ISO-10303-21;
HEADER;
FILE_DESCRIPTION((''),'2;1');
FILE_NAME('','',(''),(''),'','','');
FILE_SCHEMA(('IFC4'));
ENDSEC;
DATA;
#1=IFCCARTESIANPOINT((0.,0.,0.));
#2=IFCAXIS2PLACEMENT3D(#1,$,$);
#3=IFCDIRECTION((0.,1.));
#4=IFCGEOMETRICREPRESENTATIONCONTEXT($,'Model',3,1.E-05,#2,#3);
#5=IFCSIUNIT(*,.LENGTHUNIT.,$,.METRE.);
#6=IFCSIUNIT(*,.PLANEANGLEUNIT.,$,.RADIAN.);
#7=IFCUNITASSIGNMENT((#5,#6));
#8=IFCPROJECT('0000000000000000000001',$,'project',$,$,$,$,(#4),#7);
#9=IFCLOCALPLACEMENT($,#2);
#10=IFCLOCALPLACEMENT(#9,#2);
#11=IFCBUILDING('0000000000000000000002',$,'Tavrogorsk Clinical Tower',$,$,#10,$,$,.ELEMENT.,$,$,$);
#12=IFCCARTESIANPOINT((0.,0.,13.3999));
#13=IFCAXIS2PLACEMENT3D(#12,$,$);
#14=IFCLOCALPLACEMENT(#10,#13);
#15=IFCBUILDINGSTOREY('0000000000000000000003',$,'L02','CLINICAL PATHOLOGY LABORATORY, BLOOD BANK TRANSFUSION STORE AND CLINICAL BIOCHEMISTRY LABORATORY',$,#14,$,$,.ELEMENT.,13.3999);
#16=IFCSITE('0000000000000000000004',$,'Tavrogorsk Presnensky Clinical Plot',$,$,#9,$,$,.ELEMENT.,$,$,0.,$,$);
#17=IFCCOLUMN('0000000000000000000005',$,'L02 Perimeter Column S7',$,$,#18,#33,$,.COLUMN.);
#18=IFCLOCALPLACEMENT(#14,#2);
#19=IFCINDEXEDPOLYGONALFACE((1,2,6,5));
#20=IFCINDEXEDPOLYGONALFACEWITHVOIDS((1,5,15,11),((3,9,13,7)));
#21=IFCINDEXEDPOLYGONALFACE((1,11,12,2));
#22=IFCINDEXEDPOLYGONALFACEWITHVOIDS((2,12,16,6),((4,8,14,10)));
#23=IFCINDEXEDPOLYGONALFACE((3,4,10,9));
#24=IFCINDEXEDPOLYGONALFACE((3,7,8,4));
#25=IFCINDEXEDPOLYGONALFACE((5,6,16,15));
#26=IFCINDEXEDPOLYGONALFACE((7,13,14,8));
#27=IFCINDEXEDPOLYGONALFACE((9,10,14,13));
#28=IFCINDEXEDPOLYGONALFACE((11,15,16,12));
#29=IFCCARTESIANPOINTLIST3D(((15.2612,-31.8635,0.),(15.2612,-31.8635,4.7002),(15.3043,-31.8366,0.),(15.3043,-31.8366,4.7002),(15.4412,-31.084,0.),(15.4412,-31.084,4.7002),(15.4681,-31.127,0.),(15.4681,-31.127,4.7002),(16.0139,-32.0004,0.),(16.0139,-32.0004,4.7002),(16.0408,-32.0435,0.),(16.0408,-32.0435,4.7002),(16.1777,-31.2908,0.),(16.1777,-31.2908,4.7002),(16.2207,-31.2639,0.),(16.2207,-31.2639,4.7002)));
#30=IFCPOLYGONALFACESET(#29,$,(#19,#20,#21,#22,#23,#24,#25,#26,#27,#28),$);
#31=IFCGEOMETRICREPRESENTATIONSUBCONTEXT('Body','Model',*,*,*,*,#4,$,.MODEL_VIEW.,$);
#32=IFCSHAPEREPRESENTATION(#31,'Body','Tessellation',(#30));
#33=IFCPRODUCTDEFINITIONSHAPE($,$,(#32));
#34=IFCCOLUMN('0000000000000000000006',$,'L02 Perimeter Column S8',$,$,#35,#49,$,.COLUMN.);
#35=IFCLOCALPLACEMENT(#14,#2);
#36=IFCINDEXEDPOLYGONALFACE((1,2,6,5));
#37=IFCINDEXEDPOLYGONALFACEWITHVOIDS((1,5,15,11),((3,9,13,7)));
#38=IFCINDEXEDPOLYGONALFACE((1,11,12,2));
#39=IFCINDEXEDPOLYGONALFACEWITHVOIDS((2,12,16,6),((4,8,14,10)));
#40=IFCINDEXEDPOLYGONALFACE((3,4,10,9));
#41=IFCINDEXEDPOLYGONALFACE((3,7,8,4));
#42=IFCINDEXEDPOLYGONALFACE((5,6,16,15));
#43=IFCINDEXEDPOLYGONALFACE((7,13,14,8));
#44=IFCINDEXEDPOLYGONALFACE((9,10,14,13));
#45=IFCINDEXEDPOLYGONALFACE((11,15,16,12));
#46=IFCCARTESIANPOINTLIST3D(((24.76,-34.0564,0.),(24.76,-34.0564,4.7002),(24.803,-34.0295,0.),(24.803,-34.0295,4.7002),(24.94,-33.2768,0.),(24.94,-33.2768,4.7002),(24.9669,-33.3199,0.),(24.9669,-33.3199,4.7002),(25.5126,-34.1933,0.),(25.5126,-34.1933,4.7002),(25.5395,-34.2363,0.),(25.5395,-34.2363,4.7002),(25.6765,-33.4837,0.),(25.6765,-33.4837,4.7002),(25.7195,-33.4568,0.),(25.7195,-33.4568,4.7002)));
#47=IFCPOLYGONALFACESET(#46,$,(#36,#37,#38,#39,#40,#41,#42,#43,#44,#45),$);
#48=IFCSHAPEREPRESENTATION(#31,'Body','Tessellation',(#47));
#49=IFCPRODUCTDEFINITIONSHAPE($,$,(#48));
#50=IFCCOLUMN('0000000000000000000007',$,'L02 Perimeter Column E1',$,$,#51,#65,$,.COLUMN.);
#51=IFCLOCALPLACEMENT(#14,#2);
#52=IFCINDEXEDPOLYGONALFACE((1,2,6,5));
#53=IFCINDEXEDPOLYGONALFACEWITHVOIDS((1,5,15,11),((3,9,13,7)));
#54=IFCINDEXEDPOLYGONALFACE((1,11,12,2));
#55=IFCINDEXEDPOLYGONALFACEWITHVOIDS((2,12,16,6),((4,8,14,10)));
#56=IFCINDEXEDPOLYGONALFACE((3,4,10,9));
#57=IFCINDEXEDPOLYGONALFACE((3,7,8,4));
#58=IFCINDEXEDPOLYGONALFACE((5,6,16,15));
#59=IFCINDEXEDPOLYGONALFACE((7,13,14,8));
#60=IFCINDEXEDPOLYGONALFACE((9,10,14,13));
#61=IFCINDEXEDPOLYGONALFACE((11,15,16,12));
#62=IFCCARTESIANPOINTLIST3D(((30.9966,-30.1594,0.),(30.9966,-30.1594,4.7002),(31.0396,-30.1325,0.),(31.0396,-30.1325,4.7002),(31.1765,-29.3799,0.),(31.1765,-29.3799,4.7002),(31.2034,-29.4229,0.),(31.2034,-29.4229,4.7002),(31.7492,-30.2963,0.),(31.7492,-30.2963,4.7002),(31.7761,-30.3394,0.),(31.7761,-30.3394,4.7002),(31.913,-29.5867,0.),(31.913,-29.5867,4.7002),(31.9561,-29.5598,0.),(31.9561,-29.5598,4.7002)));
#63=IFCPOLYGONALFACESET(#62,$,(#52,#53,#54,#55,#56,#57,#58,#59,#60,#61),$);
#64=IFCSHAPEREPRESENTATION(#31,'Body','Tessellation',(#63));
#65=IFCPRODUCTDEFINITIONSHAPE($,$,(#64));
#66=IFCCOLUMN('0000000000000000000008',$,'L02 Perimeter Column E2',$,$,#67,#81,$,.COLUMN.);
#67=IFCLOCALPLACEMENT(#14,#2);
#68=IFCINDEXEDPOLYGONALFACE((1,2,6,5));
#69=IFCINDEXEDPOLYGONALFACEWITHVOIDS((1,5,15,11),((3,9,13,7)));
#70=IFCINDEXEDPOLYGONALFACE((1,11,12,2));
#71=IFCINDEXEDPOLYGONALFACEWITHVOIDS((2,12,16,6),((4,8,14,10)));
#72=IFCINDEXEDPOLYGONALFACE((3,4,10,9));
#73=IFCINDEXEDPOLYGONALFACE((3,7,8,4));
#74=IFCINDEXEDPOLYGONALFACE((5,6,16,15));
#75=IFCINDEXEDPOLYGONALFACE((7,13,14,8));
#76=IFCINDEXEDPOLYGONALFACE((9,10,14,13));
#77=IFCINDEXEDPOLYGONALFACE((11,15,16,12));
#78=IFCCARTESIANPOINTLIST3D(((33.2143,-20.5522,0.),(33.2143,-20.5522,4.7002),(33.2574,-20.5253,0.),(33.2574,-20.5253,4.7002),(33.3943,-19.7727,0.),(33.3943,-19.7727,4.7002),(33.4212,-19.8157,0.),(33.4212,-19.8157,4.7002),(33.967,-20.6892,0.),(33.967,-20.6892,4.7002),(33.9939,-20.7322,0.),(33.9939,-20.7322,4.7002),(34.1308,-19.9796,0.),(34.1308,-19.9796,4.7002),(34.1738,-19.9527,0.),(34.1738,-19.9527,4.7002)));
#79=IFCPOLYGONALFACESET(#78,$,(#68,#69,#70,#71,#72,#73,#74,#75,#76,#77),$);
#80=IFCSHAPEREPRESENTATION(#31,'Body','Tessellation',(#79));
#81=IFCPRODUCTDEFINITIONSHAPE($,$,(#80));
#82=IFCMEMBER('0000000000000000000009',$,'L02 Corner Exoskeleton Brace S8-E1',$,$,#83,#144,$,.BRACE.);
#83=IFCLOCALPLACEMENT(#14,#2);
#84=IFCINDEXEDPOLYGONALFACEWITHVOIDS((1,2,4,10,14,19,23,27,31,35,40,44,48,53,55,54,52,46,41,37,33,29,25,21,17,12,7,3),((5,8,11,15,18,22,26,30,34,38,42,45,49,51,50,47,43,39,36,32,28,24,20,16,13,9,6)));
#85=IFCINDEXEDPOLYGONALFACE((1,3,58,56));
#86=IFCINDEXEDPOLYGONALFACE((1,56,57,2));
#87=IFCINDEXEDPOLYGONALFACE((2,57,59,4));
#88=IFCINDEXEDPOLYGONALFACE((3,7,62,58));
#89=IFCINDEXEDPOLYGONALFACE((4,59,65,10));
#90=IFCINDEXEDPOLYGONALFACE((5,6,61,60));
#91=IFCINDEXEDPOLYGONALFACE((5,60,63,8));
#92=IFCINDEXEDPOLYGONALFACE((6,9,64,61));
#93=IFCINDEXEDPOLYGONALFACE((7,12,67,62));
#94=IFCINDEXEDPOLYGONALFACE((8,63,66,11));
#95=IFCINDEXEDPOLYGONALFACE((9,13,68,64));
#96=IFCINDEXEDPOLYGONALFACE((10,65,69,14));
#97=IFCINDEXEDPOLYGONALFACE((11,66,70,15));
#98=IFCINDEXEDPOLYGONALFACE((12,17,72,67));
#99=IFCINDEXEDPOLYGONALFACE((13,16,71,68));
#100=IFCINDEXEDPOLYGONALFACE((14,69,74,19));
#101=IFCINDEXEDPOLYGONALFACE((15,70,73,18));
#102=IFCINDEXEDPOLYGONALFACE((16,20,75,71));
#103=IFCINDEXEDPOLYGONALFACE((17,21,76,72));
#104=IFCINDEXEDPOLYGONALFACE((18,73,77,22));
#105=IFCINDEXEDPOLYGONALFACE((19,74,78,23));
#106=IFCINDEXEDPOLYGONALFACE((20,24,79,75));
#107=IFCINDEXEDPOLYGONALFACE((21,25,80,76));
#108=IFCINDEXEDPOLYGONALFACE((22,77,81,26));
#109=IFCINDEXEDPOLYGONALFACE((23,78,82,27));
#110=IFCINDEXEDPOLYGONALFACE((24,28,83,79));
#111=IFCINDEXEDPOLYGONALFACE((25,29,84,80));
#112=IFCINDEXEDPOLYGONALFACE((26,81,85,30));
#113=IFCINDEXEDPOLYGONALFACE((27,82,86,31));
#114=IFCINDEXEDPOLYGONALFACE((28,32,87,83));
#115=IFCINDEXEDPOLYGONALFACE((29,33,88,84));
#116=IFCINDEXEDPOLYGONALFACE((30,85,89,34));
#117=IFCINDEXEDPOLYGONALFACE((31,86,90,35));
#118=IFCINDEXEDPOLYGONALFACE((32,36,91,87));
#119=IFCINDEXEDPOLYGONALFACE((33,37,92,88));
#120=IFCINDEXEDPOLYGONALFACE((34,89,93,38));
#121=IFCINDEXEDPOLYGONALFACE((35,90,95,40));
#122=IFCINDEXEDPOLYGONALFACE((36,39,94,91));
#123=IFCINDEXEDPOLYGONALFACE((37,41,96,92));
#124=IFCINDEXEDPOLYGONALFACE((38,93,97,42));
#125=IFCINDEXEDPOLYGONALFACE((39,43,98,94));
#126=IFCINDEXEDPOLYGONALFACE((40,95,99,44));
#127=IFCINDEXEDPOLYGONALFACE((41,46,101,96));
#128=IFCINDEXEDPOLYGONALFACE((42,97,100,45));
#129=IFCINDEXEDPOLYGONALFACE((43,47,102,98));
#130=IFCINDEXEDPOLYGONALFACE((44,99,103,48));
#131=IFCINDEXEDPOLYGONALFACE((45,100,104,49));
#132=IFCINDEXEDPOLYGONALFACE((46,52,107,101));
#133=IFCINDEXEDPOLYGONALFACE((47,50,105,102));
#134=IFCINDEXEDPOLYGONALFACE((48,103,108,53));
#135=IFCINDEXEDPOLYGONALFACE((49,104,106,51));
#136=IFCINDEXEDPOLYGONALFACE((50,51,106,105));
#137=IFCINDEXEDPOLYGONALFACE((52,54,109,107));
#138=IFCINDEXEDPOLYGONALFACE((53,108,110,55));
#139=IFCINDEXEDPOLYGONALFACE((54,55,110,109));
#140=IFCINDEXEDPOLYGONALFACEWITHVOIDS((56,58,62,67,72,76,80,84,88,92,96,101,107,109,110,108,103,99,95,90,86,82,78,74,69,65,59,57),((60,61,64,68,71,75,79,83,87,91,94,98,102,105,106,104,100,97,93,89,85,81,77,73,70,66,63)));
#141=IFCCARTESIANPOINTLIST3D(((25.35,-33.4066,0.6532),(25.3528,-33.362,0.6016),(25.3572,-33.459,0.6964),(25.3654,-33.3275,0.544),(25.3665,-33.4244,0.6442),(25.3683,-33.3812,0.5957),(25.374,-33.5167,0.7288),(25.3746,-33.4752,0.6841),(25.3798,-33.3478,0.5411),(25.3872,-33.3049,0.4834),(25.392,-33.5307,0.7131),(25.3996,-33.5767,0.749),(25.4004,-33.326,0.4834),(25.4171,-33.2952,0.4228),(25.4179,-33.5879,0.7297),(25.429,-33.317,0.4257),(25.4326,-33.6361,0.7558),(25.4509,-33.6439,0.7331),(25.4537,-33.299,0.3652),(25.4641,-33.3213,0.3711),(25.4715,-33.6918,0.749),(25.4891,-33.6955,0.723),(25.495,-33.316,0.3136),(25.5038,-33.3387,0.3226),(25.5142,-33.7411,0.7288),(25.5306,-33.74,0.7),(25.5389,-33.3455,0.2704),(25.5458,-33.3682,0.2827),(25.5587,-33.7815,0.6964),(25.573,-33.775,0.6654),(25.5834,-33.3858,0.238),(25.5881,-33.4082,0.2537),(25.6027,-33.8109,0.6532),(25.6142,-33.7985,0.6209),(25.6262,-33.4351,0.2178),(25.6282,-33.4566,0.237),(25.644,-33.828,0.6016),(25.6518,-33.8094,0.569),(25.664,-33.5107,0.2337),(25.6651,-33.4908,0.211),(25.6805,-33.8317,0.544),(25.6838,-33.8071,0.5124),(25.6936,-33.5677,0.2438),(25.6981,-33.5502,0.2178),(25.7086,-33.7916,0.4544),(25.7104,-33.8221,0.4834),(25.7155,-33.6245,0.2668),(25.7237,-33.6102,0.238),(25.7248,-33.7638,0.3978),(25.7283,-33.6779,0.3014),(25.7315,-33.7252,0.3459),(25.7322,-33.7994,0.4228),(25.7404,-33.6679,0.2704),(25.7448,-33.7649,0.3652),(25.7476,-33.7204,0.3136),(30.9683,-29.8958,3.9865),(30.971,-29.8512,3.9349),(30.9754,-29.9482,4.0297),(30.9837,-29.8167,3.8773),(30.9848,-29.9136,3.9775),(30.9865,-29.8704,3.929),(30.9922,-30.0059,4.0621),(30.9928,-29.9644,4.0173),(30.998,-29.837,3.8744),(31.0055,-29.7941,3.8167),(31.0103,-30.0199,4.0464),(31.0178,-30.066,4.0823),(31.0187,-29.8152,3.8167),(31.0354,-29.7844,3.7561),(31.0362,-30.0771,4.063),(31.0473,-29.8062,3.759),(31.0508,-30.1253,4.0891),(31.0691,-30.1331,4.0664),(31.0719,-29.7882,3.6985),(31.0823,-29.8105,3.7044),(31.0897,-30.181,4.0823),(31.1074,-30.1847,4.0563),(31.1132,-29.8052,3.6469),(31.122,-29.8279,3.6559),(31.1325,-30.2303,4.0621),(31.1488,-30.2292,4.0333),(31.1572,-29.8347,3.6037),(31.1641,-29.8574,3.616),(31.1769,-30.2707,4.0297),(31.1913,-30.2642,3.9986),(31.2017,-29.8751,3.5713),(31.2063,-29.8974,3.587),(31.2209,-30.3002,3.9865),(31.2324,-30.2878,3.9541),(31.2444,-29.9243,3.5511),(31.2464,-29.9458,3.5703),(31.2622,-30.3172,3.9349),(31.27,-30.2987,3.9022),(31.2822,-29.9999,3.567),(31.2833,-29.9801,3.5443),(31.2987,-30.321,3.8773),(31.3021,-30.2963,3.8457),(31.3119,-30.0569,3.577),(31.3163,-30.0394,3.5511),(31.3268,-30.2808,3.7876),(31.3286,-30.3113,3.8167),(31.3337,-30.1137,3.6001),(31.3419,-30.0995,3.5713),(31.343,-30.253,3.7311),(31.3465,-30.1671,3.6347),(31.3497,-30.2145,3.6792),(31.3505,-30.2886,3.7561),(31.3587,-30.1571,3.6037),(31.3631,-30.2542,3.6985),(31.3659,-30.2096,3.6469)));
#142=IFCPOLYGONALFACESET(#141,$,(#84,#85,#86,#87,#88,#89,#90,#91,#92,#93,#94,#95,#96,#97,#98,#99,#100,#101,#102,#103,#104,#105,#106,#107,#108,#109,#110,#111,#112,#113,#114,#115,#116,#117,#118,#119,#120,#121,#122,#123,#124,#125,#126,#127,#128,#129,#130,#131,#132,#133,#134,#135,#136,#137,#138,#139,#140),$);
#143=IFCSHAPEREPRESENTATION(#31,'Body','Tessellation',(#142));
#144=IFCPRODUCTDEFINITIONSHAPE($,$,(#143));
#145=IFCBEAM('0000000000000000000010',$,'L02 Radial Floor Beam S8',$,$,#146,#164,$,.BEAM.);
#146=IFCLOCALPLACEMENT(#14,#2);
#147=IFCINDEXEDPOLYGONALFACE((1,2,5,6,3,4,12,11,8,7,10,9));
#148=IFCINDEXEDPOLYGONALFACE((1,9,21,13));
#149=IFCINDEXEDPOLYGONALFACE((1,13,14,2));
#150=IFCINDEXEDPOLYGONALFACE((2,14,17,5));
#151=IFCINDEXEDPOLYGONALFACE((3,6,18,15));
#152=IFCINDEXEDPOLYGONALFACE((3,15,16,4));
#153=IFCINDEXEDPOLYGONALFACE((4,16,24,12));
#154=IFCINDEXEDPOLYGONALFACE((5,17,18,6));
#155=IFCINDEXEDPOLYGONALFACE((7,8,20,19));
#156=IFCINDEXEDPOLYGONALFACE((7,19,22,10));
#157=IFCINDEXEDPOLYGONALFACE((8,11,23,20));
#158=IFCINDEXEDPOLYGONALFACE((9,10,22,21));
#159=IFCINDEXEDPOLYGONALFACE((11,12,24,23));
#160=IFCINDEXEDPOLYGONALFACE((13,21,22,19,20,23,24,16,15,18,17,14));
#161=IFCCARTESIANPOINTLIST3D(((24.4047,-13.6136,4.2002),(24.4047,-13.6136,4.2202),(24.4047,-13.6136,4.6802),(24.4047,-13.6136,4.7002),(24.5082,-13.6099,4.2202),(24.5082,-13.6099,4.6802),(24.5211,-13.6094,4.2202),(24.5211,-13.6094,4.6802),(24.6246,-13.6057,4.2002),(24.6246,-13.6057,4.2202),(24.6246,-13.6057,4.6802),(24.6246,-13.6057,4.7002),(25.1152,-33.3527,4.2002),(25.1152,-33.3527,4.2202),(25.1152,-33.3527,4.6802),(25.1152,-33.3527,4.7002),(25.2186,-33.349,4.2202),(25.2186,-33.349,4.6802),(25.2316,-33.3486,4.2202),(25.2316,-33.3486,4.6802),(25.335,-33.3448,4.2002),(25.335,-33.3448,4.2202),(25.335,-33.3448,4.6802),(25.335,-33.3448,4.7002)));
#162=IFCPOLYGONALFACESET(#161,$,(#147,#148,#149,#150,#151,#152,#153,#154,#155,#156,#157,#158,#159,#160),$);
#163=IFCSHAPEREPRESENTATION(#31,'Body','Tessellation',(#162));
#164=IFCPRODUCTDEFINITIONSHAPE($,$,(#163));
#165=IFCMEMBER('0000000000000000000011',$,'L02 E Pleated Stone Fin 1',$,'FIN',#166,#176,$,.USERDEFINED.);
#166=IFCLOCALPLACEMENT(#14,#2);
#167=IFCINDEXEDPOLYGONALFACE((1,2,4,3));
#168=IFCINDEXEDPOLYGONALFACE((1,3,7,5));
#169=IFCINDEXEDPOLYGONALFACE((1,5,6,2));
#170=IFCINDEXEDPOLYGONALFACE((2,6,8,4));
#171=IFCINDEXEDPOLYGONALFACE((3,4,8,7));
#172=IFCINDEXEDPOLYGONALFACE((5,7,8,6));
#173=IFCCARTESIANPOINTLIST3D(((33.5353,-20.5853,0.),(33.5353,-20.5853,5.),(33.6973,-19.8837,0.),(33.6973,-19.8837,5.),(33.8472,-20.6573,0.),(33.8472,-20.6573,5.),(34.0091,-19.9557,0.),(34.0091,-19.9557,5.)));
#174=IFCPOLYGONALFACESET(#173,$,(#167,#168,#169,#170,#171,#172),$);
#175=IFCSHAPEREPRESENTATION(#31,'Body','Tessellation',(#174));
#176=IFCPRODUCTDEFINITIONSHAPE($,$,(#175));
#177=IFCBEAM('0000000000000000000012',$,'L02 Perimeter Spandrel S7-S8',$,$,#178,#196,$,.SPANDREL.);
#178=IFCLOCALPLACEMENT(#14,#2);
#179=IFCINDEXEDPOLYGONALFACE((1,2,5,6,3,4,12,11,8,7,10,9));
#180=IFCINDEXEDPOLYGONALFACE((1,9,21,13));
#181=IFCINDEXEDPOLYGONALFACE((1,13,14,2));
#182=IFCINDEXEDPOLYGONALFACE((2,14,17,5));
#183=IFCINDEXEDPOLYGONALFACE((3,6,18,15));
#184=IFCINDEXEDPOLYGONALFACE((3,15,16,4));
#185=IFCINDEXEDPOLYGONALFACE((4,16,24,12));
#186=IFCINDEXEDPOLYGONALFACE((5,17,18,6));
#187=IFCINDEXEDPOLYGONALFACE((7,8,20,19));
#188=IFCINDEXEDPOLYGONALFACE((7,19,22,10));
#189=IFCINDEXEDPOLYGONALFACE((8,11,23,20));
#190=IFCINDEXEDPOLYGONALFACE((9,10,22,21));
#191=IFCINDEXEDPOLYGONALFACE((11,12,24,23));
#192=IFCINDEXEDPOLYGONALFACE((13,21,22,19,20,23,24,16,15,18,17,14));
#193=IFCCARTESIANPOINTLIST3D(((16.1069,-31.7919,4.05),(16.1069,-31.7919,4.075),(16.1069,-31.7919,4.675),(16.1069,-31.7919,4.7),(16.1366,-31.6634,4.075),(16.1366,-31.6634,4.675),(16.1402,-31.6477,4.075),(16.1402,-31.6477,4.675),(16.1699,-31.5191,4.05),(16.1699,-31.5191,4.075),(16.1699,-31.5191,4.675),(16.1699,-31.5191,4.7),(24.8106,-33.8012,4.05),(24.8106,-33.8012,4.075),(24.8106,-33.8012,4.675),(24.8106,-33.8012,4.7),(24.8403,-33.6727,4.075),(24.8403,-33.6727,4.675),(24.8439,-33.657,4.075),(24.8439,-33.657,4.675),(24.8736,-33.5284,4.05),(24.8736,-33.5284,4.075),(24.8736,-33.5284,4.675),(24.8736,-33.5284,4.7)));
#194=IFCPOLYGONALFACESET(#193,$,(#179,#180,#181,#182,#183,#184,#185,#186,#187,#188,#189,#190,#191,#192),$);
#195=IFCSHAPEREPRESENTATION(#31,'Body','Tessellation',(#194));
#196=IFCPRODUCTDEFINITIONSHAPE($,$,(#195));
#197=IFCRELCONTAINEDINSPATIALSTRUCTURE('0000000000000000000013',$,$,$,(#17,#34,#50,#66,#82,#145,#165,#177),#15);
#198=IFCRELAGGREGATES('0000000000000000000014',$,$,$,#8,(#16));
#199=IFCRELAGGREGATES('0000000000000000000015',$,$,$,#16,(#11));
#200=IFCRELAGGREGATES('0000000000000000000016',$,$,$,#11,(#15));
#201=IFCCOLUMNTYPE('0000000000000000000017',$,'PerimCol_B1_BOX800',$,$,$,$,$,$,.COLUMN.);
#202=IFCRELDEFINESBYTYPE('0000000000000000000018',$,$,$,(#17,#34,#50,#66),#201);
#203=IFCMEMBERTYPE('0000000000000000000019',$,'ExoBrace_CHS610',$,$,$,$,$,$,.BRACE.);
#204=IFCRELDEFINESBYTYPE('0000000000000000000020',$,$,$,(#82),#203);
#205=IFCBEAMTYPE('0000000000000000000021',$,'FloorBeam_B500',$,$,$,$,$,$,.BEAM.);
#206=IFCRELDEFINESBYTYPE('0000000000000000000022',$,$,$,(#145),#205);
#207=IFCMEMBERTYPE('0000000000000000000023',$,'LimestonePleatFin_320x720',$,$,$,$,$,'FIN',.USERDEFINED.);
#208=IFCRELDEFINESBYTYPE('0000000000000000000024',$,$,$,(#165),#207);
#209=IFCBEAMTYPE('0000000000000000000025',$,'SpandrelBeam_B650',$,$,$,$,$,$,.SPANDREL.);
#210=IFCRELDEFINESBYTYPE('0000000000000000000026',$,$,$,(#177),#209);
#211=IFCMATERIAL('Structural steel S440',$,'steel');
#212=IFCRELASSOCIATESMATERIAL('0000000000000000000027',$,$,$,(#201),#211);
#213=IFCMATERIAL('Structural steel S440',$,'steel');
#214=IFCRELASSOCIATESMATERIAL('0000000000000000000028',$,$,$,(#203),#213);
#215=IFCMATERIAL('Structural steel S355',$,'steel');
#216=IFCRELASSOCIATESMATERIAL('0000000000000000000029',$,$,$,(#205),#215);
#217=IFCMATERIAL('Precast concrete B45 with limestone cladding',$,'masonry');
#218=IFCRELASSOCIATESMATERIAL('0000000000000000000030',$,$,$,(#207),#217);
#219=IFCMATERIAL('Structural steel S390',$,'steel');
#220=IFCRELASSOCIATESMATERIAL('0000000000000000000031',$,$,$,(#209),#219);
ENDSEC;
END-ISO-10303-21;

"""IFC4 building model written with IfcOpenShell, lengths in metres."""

from ifc_helpers import new_model, si_unit, direction, frame, origin, origin_2d, place, context, subcontext, project, spatial, rectangle, hollow_rectangle, hollow_circle, i_section, extrude, material, material_profile, profile_set, type_object, element, save


model = new_model("IFC4")

# Units and contexts
model_context = context("Model", 3, precision=1e-05, world=origin(), true_north=direction((0.0, 1.0)))
body_context = subcontext(model_context, "Body", "Model", "MODEL_VIEW")
ifc_project = project(units=[si_unit("LENGTHUNIT", "METRE"), si_unit("PLANEANGLEUNIT", "RADIAN")], contexts=[model_context])

# Site, building, storey
site_placement = place(None, origin())
site = spatial("IfcSite", under=ifc_project, at=site_placement, Name="Tavrogorsk Presnensky Clinical Plot", CompositionType="ELEMENT", RefElevation=0.0)
building_placement = place(site_placement, origin())
building = spatial("IfcBuilding", under=site, at=building_placement, Name="Tavrogorsk Clinical Tower", CompositionType="ELEMENT")
storey_placement = place(building_placement, frame((0.0, 0.0, 13.3999)))
storey = spatial("IfcBuildingStorey", under=building, at=storey_placement, Name="L02", Description="CLINICAL PATHOLOGY LABORATORY, BLOOD BANK TRANSFUSION STORE AND CLINICAL BIOCHEMISTRY LABORATORY", CompositionType="ELEMENT", Elevation=13.3999)

# Columns
ifc_material_1 = material(Name="Structural steel S440", Category="steel")
ifc_material_profile_1 = material_profile(ifc_material_1, hollow_rectangle(XDim=0.8, YDim=0.8, WallThickness=0.0359, at=origin_2d()), Name="BOX-800x800x36")
ifc_profile_set_1 = profile_set([ifc_material_profile_1], Name="Structural steel S440")
column_type = type_object("IfcColumnType", Name="PerimCol_B1_BOX800", PredefinedType="COLUMN", material=ifc_profile_set_1)
for number, where, z_axis, x_axis, name in (
    (1, (15.741, -31.5637, 0.0), (0.0, 0.0, 1.0), (0.97437, -0.224951, 0.0), "L02 Perimeter Column S7"),
    (2, (25.2397, -33.7566, 0.0), (0.0, 0.0, 1.0), (0.97437, -0.224951, 0.0), "L02 Perimeter Column S8"),
    (3, (31.4763, -29.8596, 0.0), (0.0, 0.0, 1.0), (0.97437, -0.224951, 0.0), "L02 Perimeter Column E1"),
    (4, (33.6941, -20.2524, 0.0), (0.0, 0.0, 1.0), (0.97437, -0.224951, 0.0), "L02 Perimeter Column E2"),
):
    element("IfcColumn", number, at=place(storey_placement, frame(where, z_axis=z_axis, x_axis=x_axis)), inside=storey, type_object=column_type, Name=name, PredefinedType="COLUMN", context=body_context, shape_type="SweptSolid", body=[
        extrude(hollow_rectangle(XDim=0.8, YDim=0.8, WallThickness=0.0359, at=origin_2d()), origin(), (0.0, 0.0, 1.0), 4.7002),
    ])

# Member
ifc_material_2 = material(Name="Structural steel S440", Category="steel")
ifc_material_profile_2 = material_profile(ifc_material_2, hollow_circle(Radius=0.3049, WallThickness=0.0249, at=origin_2d()), Name="CHS-610x25")
ifc_profile_set_2 = profile_set([ifc_material_profile_2], Name="Structural steel S440")
member_type_1 = type_object("IfcMemberType", Name="ExoBrace_CHS610", PredefinedType="BRACE", material=ifc_profile_set_2)
member_1_placement = place(storey_placement, frame((25.5488, -33.5635, 0.4834), z_axis=(0.757556, 0.47339, 0.449457), x_axis=(-0.529933, 0.84804, 0.0)))
element("IfcMember", 5, at=member_1_placement, inside=storey, type_object=member_type_1, Name="L02 Corner Exoskeleton Brace S8-E1", PredefinedType="BRACE", context=body_context, shape_type="SweptSolid", body=[
    extrude(hollow_circle(Radius=0.3049, WallThickness=0.0249, at=origin_2d()), origin(), (0.0, 0.0, 1.0), 7.4163),
])

# Beam
ifc_material_3 = material(Name="Structural steel S355", Category="steel")
ifc_material_profile_3 = material_profile(ifc_material_3, i_section(OverallWidth=0.22, OverallDepth=0.5, WebThickness=0.0129, FlangeThickness=0.02, at=origin_2d()), Name="B-500x220x13x20")
ifc_profile_set_3 = profile_set([ifc_material_profile_3], Name="Structural steel S355")
beam_type_1 = type_object("IfcBeamType", Name="FloorBeam_B500", PredefinedType="BEAM", material=ifc_profile_set_3)
beam_1_placement = place(storey_placement, frame((24.5146, -13.6096, 4.4502), z_axis=(0.035968, -0.999353, 0.0), x_axis=(0.999353, 0.035968, 0.0)))
element("IfcBeam", 6, at=beam_1_placement, inside=storey, type_object=beam_type_1, Name="L02 Radial Floor Beam S8", PredefinedType="BEAM", context=body_context, shape_type="SweptSolid", body=[
    extrude(i_section(OverallWidth=0.22, OverallDepth=0.5, WebThickness=0.0129, FlangeThickness=0.02, at=origin_2d()), origin(), (0.0, 0.0, 1.0), 19.752),
])

# Member
ifc_material_4 = material(Name="Precast concrete B45 with limestone cladding", Category="masonry")
ifc_material_profile_4 = material_profile(ifc_material_4, rectangle(XDim=0.3201, YDim=0.72, at=origin_2d()), Name="LIMESTONE-FIN-320x720")
ifc_profile_set_4 = profile_set([ifc_material_profile_4], Name="Precast concrete B45 with limestone cladding")
member_type_2 = type_object("IfcMemberType", Name="LimestonePleatFin_320x720", ElementType="FIN", PredefinedType="USERDEFINED", material=ifc_profile_set_4)
member_2_placement = place(storey_placement, frame((33.7722, -20.2705, 0.0), z_axis=(0.0, 0.0, 1.0), x_axis=(0.97437, -0.224951, 0.0)))
element("IfcMember", 7, at=member_2_placement, inside=storey, type_object=member_type_2, Name="L02 E Pleated Stone Fin 1", ObjectType="FIN", PredefinedType="USERDEFINED", context=body_context, shape_type="SweptSolid", body=[
    extrude(rectangle(XDim=0.3201, YDim=0.72, at=origin_2d()), origin(), (0.0, 0.0, 1.0), 5.0),
])

# Beam
ifc_material_5 = material(Name="Structural steel S390", Category="steel")
ifc_material_profile_5 = material_profile(ifc_material_5, i_section(OverallWidth=0.28, OverallDepth=0.6499, WebThickness=0.0161, FlangeThickness=0.0249, at=origin_2d()), Name="B-650x280x16x25")
ifc_profile_set_5 = profile_set([ifc_material_profile_5], Name="Structural steel S390")
beam_type_2 = type_object("IfcBeamType", Name="SpandrelBeam_B650", PredefinedType="SPANDREL", material=ifc_profile_set_5)
beam_2_placement = place(storey_placement, frame((16.1384, -31.6555, 4.375), z_axis=(0.974373, -0.224939, 0.0), x_axis=(0.224939, 0.974373, 0.0)))
element("IfcBeam", 8, at=beam_2_placement, inside=storey, type_object=beam_type_2, Name="L02 Perimeter Spandrel S7-S8", PredefinedType="SPANDREL", context=body_context, shape_type="SweptSolid", body=[
    extrude(i_section(OverallWidth=0.28, OverallDepth=0.6499, WebThickness=0.0161, FlangeThickness=0.0249, at=origin_2d()), origin(), (0.0, 0.0, 1.0), 8.9326),
])

save(model, "model.ifc")
